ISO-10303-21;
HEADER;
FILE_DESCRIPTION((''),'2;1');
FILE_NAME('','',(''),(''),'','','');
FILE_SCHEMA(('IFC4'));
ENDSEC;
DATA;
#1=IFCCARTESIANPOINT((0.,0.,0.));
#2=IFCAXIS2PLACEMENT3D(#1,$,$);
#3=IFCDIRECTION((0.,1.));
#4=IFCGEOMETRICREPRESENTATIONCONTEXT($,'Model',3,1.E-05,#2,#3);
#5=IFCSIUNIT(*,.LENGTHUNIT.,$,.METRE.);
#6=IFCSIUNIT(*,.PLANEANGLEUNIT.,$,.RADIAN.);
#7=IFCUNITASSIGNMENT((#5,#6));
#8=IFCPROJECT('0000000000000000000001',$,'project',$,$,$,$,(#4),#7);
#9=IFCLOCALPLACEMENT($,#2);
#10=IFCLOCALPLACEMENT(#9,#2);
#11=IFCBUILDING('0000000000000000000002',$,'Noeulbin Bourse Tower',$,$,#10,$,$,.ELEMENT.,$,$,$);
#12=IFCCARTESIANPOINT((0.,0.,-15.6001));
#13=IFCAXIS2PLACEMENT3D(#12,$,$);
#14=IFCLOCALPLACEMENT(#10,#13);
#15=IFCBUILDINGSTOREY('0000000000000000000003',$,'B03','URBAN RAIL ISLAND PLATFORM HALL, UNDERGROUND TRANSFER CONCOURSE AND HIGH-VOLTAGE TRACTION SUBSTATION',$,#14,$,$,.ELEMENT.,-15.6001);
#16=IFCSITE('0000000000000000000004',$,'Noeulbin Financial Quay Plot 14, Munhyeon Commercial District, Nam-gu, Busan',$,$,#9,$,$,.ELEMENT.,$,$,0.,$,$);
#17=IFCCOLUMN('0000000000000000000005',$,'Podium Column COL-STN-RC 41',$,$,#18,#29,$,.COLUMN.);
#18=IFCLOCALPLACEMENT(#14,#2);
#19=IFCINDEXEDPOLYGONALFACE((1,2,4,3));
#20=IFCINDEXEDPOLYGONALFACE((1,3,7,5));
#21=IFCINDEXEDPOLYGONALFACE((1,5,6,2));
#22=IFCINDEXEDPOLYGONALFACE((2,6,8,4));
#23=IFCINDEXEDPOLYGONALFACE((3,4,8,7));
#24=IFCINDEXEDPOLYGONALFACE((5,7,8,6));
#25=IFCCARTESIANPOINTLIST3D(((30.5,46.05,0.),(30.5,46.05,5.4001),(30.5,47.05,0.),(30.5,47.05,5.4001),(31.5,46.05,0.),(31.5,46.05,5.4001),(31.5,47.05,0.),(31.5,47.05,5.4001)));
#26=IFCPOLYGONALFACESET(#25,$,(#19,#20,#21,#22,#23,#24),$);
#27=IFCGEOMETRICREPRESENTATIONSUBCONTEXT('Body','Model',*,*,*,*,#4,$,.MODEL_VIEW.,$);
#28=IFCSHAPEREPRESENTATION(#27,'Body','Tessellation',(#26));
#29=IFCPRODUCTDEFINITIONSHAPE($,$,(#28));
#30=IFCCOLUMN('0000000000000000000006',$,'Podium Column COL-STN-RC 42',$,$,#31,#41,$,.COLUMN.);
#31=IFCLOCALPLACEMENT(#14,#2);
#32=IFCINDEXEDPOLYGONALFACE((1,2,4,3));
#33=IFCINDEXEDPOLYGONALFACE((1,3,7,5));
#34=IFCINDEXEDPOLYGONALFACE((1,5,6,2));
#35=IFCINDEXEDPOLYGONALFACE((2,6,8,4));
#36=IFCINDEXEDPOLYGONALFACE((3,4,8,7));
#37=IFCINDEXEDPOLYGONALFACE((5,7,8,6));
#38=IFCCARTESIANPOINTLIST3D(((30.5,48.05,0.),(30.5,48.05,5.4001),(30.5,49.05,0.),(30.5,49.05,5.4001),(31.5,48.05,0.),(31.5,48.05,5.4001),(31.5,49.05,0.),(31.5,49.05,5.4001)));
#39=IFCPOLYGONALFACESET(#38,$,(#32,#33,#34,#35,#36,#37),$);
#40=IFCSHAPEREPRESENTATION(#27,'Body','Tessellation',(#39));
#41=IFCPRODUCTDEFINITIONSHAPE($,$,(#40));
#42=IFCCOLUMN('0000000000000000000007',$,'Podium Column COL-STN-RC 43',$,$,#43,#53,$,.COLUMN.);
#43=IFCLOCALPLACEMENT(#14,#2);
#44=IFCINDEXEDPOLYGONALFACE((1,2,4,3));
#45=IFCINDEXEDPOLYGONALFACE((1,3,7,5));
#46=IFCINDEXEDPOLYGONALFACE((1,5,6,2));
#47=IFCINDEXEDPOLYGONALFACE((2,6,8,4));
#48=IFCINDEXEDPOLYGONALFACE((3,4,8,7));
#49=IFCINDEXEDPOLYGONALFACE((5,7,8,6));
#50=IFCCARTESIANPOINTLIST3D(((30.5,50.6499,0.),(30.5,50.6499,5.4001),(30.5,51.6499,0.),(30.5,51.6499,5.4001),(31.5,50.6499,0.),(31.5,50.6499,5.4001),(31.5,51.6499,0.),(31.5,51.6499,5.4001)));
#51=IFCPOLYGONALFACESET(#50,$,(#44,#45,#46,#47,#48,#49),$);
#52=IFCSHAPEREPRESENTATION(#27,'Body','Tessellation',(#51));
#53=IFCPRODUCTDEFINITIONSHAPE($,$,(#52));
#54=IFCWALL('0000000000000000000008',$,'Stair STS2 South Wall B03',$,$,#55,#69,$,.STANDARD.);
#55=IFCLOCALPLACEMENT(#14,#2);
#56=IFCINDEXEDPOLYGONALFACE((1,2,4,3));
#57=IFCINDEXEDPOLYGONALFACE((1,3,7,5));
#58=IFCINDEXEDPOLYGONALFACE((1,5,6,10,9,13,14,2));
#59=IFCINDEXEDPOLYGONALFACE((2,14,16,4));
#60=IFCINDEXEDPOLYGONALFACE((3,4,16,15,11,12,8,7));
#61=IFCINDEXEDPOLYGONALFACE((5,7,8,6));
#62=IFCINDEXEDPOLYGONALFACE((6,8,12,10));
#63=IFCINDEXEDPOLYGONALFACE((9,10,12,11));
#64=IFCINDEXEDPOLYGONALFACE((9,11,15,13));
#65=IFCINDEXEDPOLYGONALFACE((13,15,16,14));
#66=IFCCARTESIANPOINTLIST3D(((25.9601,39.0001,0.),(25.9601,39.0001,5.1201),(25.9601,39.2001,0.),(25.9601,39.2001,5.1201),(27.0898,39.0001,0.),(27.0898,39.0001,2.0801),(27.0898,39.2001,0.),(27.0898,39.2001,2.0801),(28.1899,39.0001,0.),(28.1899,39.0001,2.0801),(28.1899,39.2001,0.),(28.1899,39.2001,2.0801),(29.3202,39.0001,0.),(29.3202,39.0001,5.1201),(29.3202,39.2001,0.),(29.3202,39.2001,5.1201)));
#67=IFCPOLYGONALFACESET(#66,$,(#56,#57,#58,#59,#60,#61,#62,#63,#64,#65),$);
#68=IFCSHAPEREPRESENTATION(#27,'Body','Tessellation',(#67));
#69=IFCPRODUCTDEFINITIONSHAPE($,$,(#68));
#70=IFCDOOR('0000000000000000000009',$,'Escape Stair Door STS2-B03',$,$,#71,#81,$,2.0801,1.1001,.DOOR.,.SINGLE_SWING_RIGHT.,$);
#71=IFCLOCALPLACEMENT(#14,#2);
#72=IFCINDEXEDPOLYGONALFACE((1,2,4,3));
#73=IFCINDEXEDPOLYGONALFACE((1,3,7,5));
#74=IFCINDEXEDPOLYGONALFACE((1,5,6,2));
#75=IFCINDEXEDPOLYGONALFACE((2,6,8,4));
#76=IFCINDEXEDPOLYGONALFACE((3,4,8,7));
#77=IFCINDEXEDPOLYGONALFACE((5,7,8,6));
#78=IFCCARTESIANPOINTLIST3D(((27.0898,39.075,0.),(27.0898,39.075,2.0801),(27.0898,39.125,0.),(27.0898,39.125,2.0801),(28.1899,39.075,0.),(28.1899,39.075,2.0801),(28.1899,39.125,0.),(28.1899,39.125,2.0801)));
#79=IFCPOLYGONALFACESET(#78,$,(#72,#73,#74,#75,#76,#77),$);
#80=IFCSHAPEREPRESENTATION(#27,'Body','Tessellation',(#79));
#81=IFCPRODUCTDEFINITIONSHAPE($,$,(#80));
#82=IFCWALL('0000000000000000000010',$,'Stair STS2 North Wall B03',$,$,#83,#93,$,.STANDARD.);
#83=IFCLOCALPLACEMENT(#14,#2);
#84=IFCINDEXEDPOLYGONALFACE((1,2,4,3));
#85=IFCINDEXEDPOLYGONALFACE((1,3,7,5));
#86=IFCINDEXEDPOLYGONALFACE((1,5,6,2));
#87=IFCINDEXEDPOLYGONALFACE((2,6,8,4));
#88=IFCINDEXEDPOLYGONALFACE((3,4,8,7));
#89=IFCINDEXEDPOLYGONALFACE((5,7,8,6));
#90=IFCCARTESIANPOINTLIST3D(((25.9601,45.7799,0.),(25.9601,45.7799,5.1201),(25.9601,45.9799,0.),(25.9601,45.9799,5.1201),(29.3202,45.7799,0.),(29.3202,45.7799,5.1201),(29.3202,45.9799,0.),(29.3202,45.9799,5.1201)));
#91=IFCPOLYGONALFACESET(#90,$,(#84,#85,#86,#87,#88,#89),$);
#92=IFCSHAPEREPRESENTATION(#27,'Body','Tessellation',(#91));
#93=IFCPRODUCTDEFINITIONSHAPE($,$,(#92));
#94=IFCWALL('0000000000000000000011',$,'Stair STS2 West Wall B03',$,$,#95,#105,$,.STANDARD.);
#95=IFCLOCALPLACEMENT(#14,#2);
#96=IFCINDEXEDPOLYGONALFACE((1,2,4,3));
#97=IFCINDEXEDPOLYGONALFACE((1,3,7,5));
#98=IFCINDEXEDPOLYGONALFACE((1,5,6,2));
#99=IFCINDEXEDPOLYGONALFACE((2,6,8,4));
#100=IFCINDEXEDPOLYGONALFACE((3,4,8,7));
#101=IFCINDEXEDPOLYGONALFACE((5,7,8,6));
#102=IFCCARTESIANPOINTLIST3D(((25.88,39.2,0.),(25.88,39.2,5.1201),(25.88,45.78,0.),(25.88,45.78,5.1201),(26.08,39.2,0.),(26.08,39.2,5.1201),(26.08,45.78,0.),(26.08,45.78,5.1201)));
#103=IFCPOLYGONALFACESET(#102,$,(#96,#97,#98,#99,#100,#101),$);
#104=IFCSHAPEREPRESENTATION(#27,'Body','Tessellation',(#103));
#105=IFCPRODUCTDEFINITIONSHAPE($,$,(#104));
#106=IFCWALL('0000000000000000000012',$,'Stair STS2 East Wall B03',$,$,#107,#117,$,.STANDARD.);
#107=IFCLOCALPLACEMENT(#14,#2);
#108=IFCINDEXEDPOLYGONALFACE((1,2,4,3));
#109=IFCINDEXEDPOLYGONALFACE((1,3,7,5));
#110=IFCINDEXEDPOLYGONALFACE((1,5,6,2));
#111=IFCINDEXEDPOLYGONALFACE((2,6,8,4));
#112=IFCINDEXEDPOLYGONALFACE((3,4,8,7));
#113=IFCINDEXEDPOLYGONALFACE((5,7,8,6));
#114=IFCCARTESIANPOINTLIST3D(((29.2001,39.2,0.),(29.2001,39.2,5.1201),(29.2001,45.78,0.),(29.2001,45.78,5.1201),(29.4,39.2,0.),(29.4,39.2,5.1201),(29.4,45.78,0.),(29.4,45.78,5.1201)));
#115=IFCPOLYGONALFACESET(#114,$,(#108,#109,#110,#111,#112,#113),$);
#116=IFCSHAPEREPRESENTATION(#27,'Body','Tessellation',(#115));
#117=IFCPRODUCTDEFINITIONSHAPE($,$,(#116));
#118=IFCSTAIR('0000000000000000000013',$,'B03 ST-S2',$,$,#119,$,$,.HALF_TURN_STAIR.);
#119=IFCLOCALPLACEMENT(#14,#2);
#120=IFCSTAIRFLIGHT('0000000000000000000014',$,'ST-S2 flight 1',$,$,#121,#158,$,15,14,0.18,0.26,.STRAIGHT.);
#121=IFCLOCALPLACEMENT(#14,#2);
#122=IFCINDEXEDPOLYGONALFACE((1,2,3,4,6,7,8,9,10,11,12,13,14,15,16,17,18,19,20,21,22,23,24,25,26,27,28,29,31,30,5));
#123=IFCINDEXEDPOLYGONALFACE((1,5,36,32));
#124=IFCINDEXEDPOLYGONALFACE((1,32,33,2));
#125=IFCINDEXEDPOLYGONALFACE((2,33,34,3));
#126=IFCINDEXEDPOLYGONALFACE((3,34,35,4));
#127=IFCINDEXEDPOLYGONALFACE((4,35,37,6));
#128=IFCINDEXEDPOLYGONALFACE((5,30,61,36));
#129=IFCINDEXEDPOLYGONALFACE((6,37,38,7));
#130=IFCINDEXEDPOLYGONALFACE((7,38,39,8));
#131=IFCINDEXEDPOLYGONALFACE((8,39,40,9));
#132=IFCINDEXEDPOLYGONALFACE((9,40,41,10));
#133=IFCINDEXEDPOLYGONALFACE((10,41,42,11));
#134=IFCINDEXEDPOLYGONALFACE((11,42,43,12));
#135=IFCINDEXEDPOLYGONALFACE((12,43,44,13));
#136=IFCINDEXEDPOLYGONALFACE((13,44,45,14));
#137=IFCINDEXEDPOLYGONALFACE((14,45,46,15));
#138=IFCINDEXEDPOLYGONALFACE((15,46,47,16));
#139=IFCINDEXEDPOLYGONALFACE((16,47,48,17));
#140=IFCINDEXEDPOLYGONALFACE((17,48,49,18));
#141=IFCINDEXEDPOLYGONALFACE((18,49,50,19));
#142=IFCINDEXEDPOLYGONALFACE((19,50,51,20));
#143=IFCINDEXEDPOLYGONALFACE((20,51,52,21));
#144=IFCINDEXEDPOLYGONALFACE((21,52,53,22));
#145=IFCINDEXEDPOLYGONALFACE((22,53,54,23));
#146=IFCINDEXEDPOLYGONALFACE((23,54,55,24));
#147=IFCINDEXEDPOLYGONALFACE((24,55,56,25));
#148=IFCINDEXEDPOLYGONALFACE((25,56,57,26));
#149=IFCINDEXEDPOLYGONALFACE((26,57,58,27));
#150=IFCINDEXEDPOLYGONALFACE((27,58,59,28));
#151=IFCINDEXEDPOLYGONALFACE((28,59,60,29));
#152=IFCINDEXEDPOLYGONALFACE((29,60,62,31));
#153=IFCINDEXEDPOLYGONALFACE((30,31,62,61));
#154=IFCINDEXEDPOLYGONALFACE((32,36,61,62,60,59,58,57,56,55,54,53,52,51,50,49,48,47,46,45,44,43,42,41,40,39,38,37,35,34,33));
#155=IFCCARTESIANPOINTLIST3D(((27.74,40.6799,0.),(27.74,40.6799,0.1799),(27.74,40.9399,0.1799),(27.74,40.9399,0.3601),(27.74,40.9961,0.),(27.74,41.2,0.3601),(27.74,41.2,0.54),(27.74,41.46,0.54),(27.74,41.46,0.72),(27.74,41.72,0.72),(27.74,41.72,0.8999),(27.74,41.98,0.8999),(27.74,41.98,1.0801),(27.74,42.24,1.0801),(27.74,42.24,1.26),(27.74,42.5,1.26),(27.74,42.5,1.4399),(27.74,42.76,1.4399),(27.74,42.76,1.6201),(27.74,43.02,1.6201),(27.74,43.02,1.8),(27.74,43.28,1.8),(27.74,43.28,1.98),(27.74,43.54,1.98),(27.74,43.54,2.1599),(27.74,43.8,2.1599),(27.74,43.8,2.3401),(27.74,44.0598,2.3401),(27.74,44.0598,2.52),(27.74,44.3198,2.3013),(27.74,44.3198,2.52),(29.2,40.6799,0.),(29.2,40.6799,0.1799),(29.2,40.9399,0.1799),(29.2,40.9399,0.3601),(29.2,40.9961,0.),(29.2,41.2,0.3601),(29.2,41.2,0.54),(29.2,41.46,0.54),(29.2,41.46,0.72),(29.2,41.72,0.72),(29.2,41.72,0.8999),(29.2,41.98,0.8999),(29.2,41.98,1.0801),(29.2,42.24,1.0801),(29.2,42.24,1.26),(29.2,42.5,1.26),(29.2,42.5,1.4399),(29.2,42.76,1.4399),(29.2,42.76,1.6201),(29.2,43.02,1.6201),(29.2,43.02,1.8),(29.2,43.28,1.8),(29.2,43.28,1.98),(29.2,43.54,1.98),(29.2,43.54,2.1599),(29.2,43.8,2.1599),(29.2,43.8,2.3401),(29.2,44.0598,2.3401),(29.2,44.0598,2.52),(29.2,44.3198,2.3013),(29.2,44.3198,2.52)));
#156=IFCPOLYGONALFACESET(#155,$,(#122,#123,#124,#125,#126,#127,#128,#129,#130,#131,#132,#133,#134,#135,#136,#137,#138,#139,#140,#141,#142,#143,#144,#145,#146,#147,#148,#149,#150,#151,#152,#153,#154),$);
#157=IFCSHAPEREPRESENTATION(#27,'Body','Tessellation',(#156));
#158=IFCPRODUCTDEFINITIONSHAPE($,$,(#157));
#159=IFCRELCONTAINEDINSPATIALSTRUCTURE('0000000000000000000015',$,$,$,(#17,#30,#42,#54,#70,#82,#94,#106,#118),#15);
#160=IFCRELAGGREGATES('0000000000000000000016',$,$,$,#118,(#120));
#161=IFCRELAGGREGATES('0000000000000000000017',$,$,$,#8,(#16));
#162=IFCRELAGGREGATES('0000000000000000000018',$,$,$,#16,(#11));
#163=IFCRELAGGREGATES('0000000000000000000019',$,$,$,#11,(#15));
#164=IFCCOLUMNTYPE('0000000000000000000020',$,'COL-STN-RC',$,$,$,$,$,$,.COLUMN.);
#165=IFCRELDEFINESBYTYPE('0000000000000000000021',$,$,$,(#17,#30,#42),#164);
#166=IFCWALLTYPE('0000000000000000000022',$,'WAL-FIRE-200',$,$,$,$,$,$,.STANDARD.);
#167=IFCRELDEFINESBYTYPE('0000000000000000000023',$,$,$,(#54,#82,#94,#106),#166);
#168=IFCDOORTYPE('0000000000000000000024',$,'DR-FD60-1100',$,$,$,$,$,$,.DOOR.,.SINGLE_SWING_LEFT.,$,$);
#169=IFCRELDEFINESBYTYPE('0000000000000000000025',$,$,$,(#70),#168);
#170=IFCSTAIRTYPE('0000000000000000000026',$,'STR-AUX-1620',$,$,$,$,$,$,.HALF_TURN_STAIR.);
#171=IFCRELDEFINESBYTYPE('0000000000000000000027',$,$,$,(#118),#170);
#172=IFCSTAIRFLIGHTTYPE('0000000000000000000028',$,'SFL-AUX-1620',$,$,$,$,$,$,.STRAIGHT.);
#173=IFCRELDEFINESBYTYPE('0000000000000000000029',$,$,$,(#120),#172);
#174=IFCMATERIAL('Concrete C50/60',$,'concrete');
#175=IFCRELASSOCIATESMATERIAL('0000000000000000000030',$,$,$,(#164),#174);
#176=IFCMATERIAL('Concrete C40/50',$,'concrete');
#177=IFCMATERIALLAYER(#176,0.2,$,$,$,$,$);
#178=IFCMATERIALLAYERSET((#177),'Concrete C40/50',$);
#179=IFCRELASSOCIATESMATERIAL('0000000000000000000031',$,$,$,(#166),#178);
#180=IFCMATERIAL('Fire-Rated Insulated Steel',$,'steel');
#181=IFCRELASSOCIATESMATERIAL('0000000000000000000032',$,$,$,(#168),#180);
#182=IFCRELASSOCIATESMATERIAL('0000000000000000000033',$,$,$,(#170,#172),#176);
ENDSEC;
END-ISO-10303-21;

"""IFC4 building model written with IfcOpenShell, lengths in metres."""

from ifc_helpers import new_model, si_unit, direction, frame, frame_2d, origin, origin_2d, place, context, subcontext, project, spatial, polyline, rectangle, outline, extrude, material, layer, layer_set, material_profile, profile_set, type_object, element, fill, aggregate, save


model = new_model("IFC4")

# Units and contexts
model_context = context("Model", 3, precision=1e-05, world=origin(), true_north=direction((0.0, 1.0)))
body_context = subcontext(model_context, "Body", "Model", "MODEL_VIEW")
ifc_project = project(units=[si_unit("LENGTHUNIT", "METRE"), si_unit("PLANEANGLEUNIT", "RADIAN")], contexts=[model_context])

# Site, building, storey
site_placement = place(None, origin())
site = spatial("IfcSite", under=ifc_project, at=site_placement, Name="Noeulbin Financial Quay Plot 14, Munhyeon Commercial District, Nam-gu, Busan", CompositionType="ELEMENT", RefElevation=0.0)
building_placement = place(site_placement, origin())
building = spatial("IfcBuilding", under=site, at=building_placement, Name="Noeulbin Bourse Tower", CompositionType="ELEMENT")
storey_placement = place(building_placement, frame((0.0, 0.0, -15.6001)))
storey = spatial("IfcBuildingStorey", under=building, at=storey_placement, Name="B03", Description="URBAN RAIL ISLAND PLATFORM HALL, UNDERGROUND TRANSFER CONCOURSE AND HIGH-VOLTAGE TRACTION SUBSTATION", CompositionType="ELEMENT", Elevation=-15.6001)

# Shared definitions
ifc_material_1 = material(Name="Concrete C50/60", Category="concrete")

# Columns
ifc_material_profile_1 = material_profile(ifc_material_1, rectangle(XDim=1.0, YDim=1.0, at=origin_2d()), Name="RC-COL-1000x1000", Category="LoadBearing")
ifc_profile_set_1 = profile_set([ifc_material_profile_1], Name="Concrete C50/60")
column_type = type_object("IfcColumnType", Name="COL-STN-RC", PredefinedType="COLUMN", material=ifc_profile_set_1)
for number, where, z_axis, x_axis, name in (
    (1, (31.0, 46.55, 0.0), (0.0, 0.0, 1.0), (1.0, 0.0, 0.0), "Podium Column COL-STN-RC 41"),
    (2, (31.0, 48.55, 0.0), (0.0, 0.0, 1.0), (1.0, 0.0, 0.0), "Podium Column COL-STN-RC 42"),
    (3, (31.0, 51.1499, 0.0), (0.0, 0.0, 1.0), (1.0, 0.0, 0.0), "Podium Column COL-STN-RC 43"),
):
    element("IfcColumn", number, at=place(storey_placement, frame(where, z_axis=z_axis, x_axis=x_axis)), inside=storey, type_object=column_type, Name=name, PredefinedType="COLUMN", context=body_context, shape_type="SweptSolid", body=[
        extrude(rectangle(XDim=1.0, YDim=1.0, at=origin_2d()), origin(), (0.0, 0.0, 1.0), 5.4001),
    ])

# Wall, opening, door
ifc_material_2 = material(Name="Concrete C40/50", Category="concrete")
ifc_layer_1 = layer(ifc_material_2, 0.2)
ifc_layer_set_1 = layer_set([ifc_layer_1], Name="Concrete C40/50")
wall_type = type_object("IfcWallType", Name="WAL-FIRE-200", PredefinedType="STANDARD", material=ifc_layer_set_1)
wall_1_placement = place(storey_placement, frame((25.96, 39.1001, 0.0), z_axis=(0.0, 0.0, 1.0), x_axis=(1.0, 0.0, 0.0)))
wall_1 = element("IfcWall", 4, at=wall_1_placement, inside=storey, type_object=wall_type, Name="Stair STS2 South Wall B03", PredefinedType="STANDARD", context=body_context, shape_type="SweptSolid", body=[
    extrude(rectangle(XDim=3.3601, YDim=0.2, at=frame_2d((1.6802, 0.0))), origin(), (0.0, 0.0, 1.0), 5.1201),
])
opening_placement = place(wall_1_placement, frame((1.1299, 0.0, 0.0)))
opening = element("IfcOpeningElement", 5, at=opening_placement, cuts=wall_1, PredefinedType="OPENING", context=body_context, shape_type="SweptSolid", body=[
    extrude(rectangle(XDim=1.1001, YDim=2.0801, at=frame_2d((0.55, 1.04))), frame((0.0, 0.1099, 0.0), z_axis=(0.0, -1.0, 0.0), x_axis=(1.0, 0.0, 0.0)), (0.0, 0.0, 1.0), 0.22),
])
ifc_material_3 = material(Name="Fire-Rated Insulated Steel", Category="steel")
door_type = type_object("IfcDoorType", Name="DR-FD60-1100", OperationType="SINGLE_SWING_LEFT", PredefinedType="DOOR", material=ifc_material_3)
door_placement = place(opening_placement, origin())
door = element("IfcDoor", 6, at=door_placement, inside=storey, type_object=door_type, Name="Escape Stair Door STS2-B03", OperationType="SINGLE_SWING_RIGHT", OverallHeight=2.0801, OverallWidth=1.1001, PredefinedType="DOOR", context=body_context, shape_type="SweptSolid", body=[
    extrude(rectangle(XDim=1.1001, YDim=2.0801, at=frame_2d((0.55, 1.04))), frame((0.0, 0.0249, 0.0), z_axis=(0.0, -1.0, 0.0), x_axis=(1.0, 0.0, 0.0)), (0.0, 0.0, 1.0), 0.05),
])
fill(opening, door)

# Walls
wall_2_placement = place(storey_placement, frame((25.96, 45.8799, 0.0), z_axis=(0.0, 0.0, 1.0), x_axis=(1.0, 0.0, 0.0)))
element("IfcWall", 7, at=wall_2_placement, inside=storey, type_object=wall_type, Name="Stair STS2 North Wall B03", PredefinedType="STANDARD", context=body_context, shape_type="SweptSolid", body=[
    extrude(rectangle(XDim=3.3601, YDim=0.2, at=frame_2d((1.6802, 0.0))), origin(), (0.0, 0.0, 1.0), 5.1201),
])
for number, where, z_axis, x_axis, name in (
    (8, (25.98, 39.2, 0.0), (0.0, 0.0, 1.0), (0.0, 1.0, 0.0), "Stair STS2 West Wall B03"),
    (9, (29.3, 39.2, 0.0), (0.0, 0.0, 1.0), (0.0, 1.0, 0.0), "Stair STS2 East Wall B03"),
):
    element("IfcWall", number, at=place(storey_placement, frame(where, z_axis=z_axis, x_axis=x_axis)), inside=storey, type_object=wall_type, Name=name, PredefinedType="STANDARD", context=body_context, shape_type="SweptSolid", body=[
        extrude(rectangle(XDim=6.5801, YDim=0.2, at=frame_2d((3.29, 0.0))), origin(), (0.0, 0.0, 1.0), 5.1201),
    ])

# Stair, stair flight
stair_type = type_object("IfcStairType", Name="STR-AUX-1620", PredefinedType="HALF_TURN_STAIR", material=ifc_material_2)
stair_placement = place(storey_placement, origin())
stair = element("IfcStair", 10, at=stair_placement, inside=storey, type_object=stair_type, Name="B03 ST-S2", PredefinedType="HALF_TURN_STAIR")
stair_flight_type = type_object("IfcStairFlightType", Name="SFL-AUX-1620", PredefinedType="STRAIGHT", material=ifc_material_2)
stair_flight_1_placement = place(storey_placement, frame((28.47, 40.6799, 0.0), z_axis=(0.0, 0.0, 1.0), x_axis=(0.0, 1.0, 0.0)))
stair_flight_1 = element("IfcStairFlight", 11, at=stair_flight_1_placement, type_object=stair_flight_type, Name="ST-S2 flight 1", NumberOfRisers=15, NumberOfTreads=14, PredefinedType="STRAIGHT", RiserHeight=0.18, TreadLength=0.26, context=body_context, shape_type="SweptSolid", body=[
    extrude(outline(polyline([(0.0, 0.0), (0.0, 0.1799), (0.26, 0.1799), (0.26, 0.3601), (0.52, 0.3601), (0.52, 0.54), (0.78, 0.54), (0.78, 0.72), (1.04, 0.72), (1.04, 0.8999), (1.3, 0.8999), (1.3, 1.0801), (1.5601, 1.0801), (1.5601, 1.26), (1.8201, 1.26), (1.8201, 1.4399), (2.0801, 1.4399), (2.0801, 1.6201), (2.3401, 1.6201), (2.3401, 1.8), (2.6001, 1.8), (2.6001, 1.98), (2.8601, 1.98), (2.8601, 2.1599), (3.1201, 2.1599), (3.1201, 2.3401), (3.3799, 2.3401), (3.3799, 2.52), (3.6399, 2.52), (3.6399, 2.7), (3.6399, 2.3013), (0.3162, 0.0), (0.0, 0.0)])), frame((0.0, 0.73, 0.0), z_axis=(0.0, -1.0, 0.0), x_axis=(1.0, 0.0, 0.0)), (0.0, 0.0, 1.0), 1.46),
])
aggregate(stair, [stair_flight_1])

save(model, "model.ifc")
